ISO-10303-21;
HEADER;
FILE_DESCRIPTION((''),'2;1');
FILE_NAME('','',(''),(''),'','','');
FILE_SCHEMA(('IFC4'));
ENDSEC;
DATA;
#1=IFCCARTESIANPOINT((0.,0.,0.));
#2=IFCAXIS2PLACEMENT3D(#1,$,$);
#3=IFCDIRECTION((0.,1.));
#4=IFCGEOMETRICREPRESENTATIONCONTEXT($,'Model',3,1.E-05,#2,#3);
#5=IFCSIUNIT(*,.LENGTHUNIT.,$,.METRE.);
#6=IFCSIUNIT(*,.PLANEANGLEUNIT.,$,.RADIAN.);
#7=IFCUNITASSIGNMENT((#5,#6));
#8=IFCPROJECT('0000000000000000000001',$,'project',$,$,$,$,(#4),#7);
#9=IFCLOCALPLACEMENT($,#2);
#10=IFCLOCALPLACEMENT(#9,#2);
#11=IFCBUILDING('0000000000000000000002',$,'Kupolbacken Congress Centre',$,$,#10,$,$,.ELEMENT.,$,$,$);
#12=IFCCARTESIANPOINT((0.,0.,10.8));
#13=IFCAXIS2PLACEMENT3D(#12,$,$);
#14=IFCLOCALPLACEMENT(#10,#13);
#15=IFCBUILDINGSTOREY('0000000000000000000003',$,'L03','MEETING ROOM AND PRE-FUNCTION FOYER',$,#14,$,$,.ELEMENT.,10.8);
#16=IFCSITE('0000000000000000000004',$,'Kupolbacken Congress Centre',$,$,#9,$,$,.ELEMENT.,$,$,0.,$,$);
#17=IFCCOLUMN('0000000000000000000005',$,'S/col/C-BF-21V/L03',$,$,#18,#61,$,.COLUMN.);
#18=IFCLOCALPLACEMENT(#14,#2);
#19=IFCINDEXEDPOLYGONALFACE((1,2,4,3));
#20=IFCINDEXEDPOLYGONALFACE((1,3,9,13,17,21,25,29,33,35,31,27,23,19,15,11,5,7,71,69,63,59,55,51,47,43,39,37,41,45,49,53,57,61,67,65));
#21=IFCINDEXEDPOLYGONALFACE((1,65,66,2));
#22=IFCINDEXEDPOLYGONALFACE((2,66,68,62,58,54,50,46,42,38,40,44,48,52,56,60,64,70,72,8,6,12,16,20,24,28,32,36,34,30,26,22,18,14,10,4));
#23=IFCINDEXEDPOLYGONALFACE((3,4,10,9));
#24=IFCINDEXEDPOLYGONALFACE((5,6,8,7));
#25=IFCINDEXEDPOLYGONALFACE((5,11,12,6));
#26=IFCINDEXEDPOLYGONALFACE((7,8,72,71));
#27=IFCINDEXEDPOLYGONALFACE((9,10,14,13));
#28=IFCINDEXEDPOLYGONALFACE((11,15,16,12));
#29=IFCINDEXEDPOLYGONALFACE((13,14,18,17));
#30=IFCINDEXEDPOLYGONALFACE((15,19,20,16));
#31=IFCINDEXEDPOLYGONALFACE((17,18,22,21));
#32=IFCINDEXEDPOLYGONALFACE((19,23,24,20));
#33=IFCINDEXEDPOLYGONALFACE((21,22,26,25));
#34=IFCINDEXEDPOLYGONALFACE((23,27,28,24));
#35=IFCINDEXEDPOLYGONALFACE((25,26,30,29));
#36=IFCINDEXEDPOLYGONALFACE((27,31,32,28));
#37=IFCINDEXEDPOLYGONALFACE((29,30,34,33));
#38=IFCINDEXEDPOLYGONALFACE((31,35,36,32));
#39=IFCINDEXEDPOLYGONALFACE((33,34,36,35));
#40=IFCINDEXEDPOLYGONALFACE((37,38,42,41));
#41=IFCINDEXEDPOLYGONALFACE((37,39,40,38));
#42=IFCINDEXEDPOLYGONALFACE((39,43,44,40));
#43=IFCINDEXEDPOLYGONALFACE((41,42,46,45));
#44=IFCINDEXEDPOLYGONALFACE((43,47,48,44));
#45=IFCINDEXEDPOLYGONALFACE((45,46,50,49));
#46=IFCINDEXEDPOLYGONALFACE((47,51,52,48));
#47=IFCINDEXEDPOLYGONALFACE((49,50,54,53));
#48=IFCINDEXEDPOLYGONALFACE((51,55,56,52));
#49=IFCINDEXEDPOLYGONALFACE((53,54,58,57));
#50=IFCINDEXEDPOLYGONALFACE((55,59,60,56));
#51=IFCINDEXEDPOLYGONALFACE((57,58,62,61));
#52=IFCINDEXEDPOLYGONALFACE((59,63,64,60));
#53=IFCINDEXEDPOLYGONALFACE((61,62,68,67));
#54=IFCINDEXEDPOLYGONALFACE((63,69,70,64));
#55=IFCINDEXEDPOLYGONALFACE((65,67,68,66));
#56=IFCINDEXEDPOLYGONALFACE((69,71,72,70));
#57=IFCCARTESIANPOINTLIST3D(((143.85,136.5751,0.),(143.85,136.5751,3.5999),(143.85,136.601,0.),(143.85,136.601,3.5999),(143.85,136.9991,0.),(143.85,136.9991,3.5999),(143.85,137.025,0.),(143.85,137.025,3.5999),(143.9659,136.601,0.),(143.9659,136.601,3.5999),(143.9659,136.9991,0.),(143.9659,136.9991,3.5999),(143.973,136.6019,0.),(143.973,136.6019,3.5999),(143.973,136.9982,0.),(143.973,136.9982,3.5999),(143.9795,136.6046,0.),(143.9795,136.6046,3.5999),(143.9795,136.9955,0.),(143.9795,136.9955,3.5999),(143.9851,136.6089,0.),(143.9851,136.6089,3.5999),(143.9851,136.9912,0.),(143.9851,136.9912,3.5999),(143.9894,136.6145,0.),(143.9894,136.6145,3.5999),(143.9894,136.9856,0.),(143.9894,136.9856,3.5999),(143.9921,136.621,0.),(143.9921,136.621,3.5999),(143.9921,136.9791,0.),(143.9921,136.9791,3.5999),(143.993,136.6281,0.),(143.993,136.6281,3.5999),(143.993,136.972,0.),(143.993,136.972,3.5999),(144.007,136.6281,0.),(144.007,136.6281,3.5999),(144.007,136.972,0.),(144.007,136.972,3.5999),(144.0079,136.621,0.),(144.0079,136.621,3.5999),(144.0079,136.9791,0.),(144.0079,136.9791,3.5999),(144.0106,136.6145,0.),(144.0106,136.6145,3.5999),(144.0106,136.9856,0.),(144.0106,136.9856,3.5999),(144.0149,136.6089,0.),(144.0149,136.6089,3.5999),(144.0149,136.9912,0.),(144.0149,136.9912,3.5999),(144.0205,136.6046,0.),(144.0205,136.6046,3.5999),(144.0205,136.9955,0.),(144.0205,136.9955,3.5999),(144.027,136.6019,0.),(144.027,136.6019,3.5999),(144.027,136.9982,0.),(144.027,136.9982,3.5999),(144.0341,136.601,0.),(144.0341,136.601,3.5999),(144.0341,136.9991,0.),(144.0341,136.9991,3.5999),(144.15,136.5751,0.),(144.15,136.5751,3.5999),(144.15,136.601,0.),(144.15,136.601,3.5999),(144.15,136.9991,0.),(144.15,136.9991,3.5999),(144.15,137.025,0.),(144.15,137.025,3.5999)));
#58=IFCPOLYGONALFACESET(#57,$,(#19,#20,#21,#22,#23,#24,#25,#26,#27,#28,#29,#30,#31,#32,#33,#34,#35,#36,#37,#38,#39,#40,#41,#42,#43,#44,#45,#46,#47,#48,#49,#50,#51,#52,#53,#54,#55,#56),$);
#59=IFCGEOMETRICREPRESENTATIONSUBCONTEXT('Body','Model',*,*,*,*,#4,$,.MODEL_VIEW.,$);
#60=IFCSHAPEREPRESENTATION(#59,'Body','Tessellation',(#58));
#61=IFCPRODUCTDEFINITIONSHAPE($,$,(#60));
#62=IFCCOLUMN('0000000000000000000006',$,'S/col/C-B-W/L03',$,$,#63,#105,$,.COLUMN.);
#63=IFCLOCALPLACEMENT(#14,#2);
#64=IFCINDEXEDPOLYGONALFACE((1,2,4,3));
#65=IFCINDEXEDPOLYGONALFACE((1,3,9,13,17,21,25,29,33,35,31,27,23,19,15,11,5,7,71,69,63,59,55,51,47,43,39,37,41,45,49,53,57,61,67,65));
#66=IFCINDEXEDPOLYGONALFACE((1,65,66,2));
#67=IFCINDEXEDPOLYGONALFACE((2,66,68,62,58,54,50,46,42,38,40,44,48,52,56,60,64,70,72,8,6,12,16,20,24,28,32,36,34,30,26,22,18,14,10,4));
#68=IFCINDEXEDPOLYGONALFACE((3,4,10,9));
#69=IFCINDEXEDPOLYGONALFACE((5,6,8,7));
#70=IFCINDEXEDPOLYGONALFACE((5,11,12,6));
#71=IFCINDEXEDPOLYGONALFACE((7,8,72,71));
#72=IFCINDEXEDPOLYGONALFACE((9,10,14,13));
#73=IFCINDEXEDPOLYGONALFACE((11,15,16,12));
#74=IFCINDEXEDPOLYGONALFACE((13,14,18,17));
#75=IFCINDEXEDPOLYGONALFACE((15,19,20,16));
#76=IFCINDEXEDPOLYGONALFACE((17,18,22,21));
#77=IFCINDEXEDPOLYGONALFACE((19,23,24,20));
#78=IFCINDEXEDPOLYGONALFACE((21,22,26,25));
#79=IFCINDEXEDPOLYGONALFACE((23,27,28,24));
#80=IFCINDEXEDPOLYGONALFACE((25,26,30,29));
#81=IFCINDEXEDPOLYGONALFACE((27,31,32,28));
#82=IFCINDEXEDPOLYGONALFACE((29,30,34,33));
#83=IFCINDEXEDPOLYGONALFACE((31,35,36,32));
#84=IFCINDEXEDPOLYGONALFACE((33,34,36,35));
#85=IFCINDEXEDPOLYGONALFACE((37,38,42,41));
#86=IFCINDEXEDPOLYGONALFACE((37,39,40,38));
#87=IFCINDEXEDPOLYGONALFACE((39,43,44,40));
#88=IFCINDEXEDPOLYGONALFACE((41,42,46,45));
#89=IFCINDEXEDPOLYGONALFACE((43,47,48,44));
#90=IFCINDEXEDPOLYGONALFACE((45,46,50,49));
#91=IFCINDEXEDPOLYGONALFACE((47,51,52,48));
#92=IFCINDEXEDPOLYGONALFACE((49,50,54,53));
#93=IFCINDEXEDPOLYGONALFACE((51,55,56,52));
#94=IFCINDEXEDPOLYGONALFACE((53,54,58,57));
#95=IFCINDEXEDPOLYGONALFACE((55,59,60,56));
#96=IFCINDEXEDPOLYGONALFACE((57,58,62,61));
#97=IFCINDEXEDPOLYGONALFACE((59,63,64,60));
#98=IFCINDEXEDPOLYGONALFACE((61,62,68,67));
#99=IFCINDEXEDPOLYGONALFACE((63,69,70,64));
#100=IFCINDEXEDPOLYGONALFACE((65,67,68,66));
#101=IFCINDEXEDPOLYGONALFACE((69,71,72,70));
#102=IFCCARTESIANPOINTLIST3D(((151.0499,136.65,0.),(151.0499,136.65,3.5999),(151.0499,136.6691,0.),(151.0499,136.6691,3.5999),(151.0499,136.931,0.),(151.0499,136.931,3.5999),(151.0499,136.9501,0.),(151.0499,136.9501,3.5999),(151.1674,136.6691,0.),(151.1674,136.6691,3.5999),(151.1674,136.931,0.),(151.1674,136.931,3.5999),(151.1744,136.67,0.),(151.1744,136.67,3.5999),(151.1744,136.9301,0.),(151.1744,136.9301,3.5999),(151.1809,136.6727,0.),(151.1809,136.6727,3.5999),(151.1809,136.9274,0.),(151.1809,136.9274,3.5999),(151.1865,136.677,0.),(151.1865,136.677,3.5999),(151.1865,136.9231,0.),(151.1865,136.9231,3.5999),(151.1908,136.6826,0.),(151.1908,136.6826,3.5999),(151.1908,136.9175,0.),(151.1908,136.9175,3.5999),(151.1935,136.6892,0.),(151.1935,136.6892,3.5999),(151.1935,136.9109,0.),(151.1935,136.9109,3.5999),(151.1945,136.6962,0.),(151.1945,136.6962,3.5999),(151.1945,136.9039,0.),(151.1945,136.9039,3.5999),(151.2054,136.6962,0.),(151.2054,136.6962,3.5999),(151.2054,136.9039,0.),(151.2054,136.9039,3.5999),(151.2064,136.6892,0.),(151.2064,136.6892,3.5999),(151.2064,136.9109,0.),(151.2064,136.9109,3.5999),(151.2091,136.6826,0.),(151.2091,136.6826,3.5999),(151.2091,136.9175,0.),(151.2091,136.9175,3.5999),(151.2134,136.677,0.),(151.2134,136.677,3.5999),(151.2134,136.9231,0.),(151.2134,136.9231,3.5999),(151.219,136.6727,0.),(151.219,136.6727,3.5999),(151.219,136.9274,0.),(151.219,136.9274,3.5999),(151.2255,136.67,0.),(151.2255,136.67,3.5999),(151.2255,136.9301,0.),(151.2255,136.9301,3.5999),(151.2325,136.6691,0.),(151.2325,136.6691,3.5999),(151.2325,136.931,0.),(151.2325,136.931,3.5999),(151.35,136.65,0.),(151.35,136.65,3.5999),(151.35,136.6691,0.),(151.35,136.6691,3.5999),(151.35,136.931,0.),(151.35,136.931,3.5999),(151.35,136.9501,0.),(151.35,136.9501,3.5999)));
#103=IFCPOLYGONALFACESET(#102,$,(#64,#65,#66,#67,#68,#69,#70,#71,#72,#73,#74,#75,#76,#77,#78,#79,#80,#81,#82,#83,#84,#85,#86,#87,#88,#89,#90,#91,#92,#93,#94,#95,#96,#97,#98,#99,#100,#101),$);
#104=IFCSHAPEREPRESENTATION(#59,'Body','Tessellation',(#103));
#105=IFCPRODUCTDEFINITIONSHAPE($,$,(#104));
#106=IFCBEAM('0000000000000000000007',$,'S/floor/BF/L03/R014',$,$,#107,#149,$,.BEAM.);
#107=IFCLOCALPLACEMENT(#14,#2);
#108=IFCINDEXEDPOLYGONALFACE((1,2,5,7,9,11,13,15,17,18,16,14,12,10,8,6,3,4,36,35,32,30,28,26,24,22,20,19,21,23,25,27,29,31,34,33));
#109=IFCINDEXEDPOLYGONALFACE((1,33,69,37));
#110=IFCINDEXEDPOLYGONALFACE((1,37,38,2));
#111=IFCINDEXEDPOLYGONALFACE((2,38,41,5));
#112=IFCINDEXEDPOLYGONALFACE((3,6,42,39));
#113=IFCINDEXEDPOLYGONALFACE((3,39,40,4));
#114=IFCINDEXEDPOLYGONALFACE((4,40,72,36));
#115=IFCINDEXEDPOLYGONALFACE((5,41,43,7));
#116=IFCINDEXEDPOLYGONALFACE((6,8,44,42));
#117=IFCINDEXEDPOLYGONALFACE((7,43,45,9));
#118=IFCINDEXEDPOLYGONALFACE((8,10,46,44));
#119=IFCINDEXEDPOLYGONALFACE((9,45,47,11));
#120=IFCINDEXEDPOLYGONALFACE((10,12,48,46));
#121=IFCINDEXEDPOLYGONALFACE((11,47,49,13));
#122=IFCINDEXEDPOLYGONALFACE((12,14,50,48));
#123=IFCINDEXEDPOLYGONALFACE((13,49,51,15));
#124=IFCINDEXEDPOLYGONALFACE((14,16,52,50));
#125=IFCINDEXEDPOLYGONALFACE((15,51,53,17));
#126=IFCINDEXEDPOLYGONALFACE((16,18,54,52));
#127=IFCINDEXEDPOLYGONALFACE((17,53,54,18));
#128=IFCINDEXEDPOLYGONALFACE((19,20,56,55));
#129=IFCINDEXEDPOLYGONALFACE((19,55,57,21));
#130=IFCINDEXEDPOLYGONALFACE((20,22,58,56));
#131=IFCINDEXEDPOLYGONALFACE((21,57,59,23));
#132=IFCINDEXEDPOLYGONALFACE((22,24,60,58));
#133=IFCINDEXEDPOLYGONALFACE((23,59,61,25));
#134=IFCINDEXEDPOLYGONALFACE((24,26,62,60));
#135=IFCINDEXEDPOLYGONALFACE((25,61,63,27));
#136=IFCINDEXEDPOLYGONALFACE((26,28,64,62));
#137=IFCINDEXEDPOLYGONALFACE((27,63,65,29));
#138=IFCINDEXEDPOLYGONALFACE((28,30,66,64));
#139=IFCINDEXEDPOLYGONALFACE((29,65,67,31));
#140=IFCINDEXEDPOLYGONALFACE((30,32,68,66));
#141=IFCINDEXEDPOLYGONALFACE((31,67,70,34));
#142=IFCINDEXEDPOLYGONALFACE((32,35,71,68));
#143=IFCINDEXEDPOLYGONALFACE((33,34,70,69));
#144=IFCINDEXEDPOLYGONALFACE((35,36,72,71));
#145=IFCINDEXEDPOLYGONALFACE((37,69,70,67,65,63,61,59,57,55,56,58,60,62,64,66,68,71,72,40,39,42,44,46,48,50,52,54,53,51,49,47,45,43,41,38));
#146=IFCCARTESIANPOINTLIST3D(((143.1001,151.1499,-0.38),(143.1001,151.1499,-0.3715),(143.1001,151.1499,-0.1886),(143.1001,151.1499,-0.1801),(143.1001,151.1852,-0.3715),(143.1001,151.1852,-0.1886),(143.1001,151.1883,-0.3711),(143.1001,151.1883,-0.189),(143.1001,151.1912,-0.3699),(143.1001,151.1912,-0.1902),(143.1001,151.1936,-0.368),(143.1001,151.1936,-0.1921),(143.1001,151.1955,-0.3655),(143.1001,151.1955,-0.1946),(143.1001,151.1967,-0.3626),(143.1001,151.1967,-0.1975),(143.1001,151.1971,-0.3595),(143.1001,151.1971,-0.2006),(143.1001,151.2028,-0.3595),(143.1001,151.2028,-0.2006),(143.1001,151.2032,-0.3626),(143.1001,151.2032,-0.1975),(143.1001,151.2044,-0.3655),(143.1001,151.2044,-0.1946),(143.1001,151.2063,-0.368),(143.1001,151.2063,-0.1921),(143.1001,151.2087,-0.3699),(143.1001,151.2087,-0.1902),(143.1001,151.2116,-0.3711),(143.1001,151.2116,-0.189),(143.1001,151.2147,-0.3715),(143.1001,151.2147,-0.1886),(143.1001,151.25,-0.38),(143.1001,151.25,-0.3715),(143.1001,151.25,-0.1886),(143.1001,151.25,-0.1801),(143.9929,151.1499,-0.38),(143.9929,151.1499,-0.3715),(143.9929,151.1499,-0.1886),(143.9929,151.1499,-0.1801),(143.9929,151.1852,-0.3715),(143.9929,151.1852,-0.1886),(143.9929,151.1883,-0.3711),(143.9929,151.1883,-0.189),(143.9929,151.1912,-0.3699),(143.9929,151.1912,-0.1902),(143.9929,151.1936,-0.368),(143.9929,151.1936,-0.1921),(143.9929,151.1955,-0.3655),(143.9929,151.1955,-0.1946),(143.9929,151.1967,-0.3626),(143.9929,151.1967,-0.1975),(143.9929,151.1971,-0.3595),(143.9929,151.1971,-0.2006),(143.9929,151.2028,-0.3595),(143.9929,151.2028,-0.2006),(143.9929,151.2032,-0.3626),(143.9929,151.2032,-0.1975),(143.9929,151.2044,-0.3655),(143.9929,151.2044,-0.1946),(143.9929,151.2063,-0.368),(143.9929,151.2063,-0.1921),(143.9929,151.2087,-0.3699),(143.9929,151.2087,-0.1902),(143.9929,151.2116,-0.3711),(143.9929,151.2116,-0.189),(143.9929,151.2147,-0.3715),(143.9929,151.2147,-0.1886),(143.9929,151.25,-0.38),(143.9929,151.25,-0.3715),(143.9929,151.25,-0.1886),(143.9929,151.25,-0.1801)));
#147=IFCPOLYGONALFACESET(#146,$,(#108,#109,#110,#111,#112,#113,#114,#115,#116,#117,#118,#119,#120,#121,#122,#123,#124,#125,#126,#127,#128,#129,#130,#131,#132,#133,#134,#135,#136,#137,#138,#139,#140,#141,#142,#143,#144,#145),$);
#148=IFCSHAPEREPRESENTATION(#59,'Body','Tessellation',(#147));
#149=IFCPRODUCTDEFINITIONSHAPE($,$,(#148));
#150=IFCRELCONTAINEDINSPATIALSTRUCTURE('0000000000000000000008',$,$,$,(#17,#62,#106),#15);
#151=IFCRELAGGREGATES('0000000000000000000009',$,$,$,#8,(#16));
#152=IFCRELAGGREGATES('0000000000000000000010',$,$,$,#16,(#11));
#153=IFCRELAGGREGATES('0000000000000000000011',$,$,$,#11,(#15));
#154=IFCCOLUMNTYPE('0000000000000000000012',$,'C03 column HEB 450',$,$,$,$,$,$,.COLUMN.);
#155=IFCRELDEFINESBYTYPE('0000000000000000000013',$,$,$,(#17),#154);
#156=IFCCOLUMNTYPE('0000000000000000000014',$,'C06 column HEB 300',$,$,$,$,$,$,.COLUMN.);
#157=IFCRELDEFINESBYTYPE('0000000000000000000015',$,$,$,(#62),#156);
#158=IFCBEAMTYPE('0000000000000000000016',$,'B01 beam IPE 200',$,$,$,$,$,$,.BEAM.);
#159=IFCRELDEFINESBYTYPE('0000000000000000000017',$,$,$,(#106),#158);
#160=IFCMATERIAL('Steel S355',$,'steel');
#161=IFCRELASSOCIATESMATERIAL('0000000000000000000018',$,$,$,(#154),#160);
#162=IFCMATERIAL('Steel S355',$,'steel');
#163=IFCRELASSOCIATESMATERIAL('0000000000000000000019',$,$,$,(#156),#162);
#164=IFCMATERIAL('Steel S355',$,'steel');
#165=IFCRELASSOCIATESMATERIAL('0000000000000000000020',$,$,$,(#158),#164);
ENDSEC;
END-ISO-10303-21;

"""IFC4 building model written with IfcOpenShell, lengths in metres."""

from ifc_helpers import new_model, si_unit, direction, frame, origin, origin_2d, place, context, subcontext, project, spatial, i_section, extrude, material, material_profile, profile_set, type_object, element, save


model = new_model("IFC4")

# Units and contexts
model_context = context("Model", 3, precision=1e-05, world=origin(), true_north=direction((0.0, 1.0)))
body_context = subcontext(model_context, "Body", "Model", "MODEL_VIEW")
ifc_project = project(units=[si_unit("LENGTHUNIT", "METRE"), si_unit("PLANEANGLEUNIT", "RADIAN")], contexts=[model_context])

# Site, building, storey
site_placement = place(None, origin())
site = spatial("IfcSite", under=ifc_project, at=site_placement, Name="Kupolbacken Congress Centre", CompositionType="ELEMENT", RefElevation=0.0)
building_placement = place(site_placement, origin())
building = spatial("IfcBuilding", under=site, at=building_placement, Name="Kupolbacken Congress Centre", CompositionType="ELEMENT")
storey_placement = place(building_placement, frame((0.0, 0.0, 10.8)))
storey = spatial("IfcBuildingStorey", under=building, at=storey_placement, Name="L03", Description="MEETING ROOM AND PRE-FUNCTION FOYER", CompositionType="ELEMENT", Elevation=10.8)

# Columns
ifc_material_1 = material(Name="Steel S355", Category="steel")
ifc_material_profile_1 = material_profile(ifc_material_1, i_section(OverallWidth=0.3, OverallDepth=0.45, WebThickness=0.0139, FlangeThickness=0.0259, FilletRadius=0.0271, at=origin_2d()), Name="HEB 450")
ifc_profile_set_1 = profile_set([ifc_material_profile_1], Name="Steel S355")
column_type_1 = type_object("IfcColumnType", Name="C03 column HEB 450", PredefinedType="COLUMN", material=ifc_profile_set_1)
column_1_placement = place(storey_placement, frame((144.0, 136.8, 0.0), z_axis=(0.0, 0.0, 1.0), x_axis=(1.0, 0.0, 0.0)))
element("IfcColumn", 1, at=column_1_placement, inside=storey, type_object=column_type_1, Name="S/col/C-BF-21V/L03", PredefinedType="COLUMN", context=body_context, shape_type="SweptSolid", body=[
    extrude(i_section(OverallWidth=0.3, OverallDepth=0.45, WebThickness=0.0139, FlangeThickness=0.0259, FilletRadius=0.0271, at=origin_2d()), origin(), (0.0, 0.0, 1.0), 3.5999),
])
ifc_material_2 = material(Name="Steel S355", Category="steel")
ifc_material_profile_2 = material_profile(ifc_material_2, i_section(OverallWidth=0.3, OverallDepth=0.3, WebThickness=0.011, FlangeThickness=0.019, FilletRadius=0.0271, at=origin_2d()), Name="HEB 300")
ifc_profile_set_2 = profile_set([ifc_material_profile_2], Name="Steel S355")
column_type_2 = type_object("IfcColumnType", Name="C06 column HEB 300", PredefinedType="COLUMN", material=ifc_profile_set_2)
column_2_placement = place(storey_placement, frame((151.2, 136.8, 0.0), z_axis=(0.0, 0.0, 1.0), x_axis=(1.0, 0.0, 0.0)))
element("IfcColumn", 2, at=column_2_placement, inside=storey, type_object=column_type_2, Name="S/col/C-B-W/L03", PredefinedType="COLUMN", context=body_context, shape_type="SweptSolid", body=[
    extrude(i_section(OverallWidth=0.3, OverallDepth=0.3, WebThickness=0.011, FlangeThickness=0.019, FilletRadius=0.0271, at=origin_2d()), origin(), (0.0, 0.0, 1.0), 3.5999),
])

# Beam
ifc_material_3 = material(Name="Steel S355", Category="steel")
ifc_material_profile_3 = material_profile(ifc_material_3, i_section(OverallWidth=0.1001, OverallDepth=0.2, WebThickness=0.0056, FlangeThickness=0.0085, FilletRadius=0.012, at=origin_2d()), Name="IPE 200")
ifc_profile_set_3 = profile_set([ifc_material_profile_3], Name="Steel S355")
beam_type_1 = type_object("IfcBeamType", Name="B01 beam IPE 200", PredefinedType="BEAM", material=ifc_profile_set_3)
beam_1_placement = place(storey_placement, frame((143.1001, 151.2, -0.28), z_axis=(1.0, 0.0, 0.0), x_axis=(0.0, 1.0, 0.0)))
element("IfcBeam", 3, at=beam_1_placement, inside=storey, type_object=beam_type_1, Name="S/floor/BF/L03/R014", PredefinedType="BEAM", context=body_context, shape_type="SweptSolid", body=[
    extrude(i_section(OverallWidth=0.1001, OverallDepth=0.2, WebThickness=0.0056, FlangeThickness=0.0085, FilletRadius=0.012, at=origin_2d()), origin(), (0.0, 0.0, 1.0), 0.8928),
])

save(model, "model.ifc")
